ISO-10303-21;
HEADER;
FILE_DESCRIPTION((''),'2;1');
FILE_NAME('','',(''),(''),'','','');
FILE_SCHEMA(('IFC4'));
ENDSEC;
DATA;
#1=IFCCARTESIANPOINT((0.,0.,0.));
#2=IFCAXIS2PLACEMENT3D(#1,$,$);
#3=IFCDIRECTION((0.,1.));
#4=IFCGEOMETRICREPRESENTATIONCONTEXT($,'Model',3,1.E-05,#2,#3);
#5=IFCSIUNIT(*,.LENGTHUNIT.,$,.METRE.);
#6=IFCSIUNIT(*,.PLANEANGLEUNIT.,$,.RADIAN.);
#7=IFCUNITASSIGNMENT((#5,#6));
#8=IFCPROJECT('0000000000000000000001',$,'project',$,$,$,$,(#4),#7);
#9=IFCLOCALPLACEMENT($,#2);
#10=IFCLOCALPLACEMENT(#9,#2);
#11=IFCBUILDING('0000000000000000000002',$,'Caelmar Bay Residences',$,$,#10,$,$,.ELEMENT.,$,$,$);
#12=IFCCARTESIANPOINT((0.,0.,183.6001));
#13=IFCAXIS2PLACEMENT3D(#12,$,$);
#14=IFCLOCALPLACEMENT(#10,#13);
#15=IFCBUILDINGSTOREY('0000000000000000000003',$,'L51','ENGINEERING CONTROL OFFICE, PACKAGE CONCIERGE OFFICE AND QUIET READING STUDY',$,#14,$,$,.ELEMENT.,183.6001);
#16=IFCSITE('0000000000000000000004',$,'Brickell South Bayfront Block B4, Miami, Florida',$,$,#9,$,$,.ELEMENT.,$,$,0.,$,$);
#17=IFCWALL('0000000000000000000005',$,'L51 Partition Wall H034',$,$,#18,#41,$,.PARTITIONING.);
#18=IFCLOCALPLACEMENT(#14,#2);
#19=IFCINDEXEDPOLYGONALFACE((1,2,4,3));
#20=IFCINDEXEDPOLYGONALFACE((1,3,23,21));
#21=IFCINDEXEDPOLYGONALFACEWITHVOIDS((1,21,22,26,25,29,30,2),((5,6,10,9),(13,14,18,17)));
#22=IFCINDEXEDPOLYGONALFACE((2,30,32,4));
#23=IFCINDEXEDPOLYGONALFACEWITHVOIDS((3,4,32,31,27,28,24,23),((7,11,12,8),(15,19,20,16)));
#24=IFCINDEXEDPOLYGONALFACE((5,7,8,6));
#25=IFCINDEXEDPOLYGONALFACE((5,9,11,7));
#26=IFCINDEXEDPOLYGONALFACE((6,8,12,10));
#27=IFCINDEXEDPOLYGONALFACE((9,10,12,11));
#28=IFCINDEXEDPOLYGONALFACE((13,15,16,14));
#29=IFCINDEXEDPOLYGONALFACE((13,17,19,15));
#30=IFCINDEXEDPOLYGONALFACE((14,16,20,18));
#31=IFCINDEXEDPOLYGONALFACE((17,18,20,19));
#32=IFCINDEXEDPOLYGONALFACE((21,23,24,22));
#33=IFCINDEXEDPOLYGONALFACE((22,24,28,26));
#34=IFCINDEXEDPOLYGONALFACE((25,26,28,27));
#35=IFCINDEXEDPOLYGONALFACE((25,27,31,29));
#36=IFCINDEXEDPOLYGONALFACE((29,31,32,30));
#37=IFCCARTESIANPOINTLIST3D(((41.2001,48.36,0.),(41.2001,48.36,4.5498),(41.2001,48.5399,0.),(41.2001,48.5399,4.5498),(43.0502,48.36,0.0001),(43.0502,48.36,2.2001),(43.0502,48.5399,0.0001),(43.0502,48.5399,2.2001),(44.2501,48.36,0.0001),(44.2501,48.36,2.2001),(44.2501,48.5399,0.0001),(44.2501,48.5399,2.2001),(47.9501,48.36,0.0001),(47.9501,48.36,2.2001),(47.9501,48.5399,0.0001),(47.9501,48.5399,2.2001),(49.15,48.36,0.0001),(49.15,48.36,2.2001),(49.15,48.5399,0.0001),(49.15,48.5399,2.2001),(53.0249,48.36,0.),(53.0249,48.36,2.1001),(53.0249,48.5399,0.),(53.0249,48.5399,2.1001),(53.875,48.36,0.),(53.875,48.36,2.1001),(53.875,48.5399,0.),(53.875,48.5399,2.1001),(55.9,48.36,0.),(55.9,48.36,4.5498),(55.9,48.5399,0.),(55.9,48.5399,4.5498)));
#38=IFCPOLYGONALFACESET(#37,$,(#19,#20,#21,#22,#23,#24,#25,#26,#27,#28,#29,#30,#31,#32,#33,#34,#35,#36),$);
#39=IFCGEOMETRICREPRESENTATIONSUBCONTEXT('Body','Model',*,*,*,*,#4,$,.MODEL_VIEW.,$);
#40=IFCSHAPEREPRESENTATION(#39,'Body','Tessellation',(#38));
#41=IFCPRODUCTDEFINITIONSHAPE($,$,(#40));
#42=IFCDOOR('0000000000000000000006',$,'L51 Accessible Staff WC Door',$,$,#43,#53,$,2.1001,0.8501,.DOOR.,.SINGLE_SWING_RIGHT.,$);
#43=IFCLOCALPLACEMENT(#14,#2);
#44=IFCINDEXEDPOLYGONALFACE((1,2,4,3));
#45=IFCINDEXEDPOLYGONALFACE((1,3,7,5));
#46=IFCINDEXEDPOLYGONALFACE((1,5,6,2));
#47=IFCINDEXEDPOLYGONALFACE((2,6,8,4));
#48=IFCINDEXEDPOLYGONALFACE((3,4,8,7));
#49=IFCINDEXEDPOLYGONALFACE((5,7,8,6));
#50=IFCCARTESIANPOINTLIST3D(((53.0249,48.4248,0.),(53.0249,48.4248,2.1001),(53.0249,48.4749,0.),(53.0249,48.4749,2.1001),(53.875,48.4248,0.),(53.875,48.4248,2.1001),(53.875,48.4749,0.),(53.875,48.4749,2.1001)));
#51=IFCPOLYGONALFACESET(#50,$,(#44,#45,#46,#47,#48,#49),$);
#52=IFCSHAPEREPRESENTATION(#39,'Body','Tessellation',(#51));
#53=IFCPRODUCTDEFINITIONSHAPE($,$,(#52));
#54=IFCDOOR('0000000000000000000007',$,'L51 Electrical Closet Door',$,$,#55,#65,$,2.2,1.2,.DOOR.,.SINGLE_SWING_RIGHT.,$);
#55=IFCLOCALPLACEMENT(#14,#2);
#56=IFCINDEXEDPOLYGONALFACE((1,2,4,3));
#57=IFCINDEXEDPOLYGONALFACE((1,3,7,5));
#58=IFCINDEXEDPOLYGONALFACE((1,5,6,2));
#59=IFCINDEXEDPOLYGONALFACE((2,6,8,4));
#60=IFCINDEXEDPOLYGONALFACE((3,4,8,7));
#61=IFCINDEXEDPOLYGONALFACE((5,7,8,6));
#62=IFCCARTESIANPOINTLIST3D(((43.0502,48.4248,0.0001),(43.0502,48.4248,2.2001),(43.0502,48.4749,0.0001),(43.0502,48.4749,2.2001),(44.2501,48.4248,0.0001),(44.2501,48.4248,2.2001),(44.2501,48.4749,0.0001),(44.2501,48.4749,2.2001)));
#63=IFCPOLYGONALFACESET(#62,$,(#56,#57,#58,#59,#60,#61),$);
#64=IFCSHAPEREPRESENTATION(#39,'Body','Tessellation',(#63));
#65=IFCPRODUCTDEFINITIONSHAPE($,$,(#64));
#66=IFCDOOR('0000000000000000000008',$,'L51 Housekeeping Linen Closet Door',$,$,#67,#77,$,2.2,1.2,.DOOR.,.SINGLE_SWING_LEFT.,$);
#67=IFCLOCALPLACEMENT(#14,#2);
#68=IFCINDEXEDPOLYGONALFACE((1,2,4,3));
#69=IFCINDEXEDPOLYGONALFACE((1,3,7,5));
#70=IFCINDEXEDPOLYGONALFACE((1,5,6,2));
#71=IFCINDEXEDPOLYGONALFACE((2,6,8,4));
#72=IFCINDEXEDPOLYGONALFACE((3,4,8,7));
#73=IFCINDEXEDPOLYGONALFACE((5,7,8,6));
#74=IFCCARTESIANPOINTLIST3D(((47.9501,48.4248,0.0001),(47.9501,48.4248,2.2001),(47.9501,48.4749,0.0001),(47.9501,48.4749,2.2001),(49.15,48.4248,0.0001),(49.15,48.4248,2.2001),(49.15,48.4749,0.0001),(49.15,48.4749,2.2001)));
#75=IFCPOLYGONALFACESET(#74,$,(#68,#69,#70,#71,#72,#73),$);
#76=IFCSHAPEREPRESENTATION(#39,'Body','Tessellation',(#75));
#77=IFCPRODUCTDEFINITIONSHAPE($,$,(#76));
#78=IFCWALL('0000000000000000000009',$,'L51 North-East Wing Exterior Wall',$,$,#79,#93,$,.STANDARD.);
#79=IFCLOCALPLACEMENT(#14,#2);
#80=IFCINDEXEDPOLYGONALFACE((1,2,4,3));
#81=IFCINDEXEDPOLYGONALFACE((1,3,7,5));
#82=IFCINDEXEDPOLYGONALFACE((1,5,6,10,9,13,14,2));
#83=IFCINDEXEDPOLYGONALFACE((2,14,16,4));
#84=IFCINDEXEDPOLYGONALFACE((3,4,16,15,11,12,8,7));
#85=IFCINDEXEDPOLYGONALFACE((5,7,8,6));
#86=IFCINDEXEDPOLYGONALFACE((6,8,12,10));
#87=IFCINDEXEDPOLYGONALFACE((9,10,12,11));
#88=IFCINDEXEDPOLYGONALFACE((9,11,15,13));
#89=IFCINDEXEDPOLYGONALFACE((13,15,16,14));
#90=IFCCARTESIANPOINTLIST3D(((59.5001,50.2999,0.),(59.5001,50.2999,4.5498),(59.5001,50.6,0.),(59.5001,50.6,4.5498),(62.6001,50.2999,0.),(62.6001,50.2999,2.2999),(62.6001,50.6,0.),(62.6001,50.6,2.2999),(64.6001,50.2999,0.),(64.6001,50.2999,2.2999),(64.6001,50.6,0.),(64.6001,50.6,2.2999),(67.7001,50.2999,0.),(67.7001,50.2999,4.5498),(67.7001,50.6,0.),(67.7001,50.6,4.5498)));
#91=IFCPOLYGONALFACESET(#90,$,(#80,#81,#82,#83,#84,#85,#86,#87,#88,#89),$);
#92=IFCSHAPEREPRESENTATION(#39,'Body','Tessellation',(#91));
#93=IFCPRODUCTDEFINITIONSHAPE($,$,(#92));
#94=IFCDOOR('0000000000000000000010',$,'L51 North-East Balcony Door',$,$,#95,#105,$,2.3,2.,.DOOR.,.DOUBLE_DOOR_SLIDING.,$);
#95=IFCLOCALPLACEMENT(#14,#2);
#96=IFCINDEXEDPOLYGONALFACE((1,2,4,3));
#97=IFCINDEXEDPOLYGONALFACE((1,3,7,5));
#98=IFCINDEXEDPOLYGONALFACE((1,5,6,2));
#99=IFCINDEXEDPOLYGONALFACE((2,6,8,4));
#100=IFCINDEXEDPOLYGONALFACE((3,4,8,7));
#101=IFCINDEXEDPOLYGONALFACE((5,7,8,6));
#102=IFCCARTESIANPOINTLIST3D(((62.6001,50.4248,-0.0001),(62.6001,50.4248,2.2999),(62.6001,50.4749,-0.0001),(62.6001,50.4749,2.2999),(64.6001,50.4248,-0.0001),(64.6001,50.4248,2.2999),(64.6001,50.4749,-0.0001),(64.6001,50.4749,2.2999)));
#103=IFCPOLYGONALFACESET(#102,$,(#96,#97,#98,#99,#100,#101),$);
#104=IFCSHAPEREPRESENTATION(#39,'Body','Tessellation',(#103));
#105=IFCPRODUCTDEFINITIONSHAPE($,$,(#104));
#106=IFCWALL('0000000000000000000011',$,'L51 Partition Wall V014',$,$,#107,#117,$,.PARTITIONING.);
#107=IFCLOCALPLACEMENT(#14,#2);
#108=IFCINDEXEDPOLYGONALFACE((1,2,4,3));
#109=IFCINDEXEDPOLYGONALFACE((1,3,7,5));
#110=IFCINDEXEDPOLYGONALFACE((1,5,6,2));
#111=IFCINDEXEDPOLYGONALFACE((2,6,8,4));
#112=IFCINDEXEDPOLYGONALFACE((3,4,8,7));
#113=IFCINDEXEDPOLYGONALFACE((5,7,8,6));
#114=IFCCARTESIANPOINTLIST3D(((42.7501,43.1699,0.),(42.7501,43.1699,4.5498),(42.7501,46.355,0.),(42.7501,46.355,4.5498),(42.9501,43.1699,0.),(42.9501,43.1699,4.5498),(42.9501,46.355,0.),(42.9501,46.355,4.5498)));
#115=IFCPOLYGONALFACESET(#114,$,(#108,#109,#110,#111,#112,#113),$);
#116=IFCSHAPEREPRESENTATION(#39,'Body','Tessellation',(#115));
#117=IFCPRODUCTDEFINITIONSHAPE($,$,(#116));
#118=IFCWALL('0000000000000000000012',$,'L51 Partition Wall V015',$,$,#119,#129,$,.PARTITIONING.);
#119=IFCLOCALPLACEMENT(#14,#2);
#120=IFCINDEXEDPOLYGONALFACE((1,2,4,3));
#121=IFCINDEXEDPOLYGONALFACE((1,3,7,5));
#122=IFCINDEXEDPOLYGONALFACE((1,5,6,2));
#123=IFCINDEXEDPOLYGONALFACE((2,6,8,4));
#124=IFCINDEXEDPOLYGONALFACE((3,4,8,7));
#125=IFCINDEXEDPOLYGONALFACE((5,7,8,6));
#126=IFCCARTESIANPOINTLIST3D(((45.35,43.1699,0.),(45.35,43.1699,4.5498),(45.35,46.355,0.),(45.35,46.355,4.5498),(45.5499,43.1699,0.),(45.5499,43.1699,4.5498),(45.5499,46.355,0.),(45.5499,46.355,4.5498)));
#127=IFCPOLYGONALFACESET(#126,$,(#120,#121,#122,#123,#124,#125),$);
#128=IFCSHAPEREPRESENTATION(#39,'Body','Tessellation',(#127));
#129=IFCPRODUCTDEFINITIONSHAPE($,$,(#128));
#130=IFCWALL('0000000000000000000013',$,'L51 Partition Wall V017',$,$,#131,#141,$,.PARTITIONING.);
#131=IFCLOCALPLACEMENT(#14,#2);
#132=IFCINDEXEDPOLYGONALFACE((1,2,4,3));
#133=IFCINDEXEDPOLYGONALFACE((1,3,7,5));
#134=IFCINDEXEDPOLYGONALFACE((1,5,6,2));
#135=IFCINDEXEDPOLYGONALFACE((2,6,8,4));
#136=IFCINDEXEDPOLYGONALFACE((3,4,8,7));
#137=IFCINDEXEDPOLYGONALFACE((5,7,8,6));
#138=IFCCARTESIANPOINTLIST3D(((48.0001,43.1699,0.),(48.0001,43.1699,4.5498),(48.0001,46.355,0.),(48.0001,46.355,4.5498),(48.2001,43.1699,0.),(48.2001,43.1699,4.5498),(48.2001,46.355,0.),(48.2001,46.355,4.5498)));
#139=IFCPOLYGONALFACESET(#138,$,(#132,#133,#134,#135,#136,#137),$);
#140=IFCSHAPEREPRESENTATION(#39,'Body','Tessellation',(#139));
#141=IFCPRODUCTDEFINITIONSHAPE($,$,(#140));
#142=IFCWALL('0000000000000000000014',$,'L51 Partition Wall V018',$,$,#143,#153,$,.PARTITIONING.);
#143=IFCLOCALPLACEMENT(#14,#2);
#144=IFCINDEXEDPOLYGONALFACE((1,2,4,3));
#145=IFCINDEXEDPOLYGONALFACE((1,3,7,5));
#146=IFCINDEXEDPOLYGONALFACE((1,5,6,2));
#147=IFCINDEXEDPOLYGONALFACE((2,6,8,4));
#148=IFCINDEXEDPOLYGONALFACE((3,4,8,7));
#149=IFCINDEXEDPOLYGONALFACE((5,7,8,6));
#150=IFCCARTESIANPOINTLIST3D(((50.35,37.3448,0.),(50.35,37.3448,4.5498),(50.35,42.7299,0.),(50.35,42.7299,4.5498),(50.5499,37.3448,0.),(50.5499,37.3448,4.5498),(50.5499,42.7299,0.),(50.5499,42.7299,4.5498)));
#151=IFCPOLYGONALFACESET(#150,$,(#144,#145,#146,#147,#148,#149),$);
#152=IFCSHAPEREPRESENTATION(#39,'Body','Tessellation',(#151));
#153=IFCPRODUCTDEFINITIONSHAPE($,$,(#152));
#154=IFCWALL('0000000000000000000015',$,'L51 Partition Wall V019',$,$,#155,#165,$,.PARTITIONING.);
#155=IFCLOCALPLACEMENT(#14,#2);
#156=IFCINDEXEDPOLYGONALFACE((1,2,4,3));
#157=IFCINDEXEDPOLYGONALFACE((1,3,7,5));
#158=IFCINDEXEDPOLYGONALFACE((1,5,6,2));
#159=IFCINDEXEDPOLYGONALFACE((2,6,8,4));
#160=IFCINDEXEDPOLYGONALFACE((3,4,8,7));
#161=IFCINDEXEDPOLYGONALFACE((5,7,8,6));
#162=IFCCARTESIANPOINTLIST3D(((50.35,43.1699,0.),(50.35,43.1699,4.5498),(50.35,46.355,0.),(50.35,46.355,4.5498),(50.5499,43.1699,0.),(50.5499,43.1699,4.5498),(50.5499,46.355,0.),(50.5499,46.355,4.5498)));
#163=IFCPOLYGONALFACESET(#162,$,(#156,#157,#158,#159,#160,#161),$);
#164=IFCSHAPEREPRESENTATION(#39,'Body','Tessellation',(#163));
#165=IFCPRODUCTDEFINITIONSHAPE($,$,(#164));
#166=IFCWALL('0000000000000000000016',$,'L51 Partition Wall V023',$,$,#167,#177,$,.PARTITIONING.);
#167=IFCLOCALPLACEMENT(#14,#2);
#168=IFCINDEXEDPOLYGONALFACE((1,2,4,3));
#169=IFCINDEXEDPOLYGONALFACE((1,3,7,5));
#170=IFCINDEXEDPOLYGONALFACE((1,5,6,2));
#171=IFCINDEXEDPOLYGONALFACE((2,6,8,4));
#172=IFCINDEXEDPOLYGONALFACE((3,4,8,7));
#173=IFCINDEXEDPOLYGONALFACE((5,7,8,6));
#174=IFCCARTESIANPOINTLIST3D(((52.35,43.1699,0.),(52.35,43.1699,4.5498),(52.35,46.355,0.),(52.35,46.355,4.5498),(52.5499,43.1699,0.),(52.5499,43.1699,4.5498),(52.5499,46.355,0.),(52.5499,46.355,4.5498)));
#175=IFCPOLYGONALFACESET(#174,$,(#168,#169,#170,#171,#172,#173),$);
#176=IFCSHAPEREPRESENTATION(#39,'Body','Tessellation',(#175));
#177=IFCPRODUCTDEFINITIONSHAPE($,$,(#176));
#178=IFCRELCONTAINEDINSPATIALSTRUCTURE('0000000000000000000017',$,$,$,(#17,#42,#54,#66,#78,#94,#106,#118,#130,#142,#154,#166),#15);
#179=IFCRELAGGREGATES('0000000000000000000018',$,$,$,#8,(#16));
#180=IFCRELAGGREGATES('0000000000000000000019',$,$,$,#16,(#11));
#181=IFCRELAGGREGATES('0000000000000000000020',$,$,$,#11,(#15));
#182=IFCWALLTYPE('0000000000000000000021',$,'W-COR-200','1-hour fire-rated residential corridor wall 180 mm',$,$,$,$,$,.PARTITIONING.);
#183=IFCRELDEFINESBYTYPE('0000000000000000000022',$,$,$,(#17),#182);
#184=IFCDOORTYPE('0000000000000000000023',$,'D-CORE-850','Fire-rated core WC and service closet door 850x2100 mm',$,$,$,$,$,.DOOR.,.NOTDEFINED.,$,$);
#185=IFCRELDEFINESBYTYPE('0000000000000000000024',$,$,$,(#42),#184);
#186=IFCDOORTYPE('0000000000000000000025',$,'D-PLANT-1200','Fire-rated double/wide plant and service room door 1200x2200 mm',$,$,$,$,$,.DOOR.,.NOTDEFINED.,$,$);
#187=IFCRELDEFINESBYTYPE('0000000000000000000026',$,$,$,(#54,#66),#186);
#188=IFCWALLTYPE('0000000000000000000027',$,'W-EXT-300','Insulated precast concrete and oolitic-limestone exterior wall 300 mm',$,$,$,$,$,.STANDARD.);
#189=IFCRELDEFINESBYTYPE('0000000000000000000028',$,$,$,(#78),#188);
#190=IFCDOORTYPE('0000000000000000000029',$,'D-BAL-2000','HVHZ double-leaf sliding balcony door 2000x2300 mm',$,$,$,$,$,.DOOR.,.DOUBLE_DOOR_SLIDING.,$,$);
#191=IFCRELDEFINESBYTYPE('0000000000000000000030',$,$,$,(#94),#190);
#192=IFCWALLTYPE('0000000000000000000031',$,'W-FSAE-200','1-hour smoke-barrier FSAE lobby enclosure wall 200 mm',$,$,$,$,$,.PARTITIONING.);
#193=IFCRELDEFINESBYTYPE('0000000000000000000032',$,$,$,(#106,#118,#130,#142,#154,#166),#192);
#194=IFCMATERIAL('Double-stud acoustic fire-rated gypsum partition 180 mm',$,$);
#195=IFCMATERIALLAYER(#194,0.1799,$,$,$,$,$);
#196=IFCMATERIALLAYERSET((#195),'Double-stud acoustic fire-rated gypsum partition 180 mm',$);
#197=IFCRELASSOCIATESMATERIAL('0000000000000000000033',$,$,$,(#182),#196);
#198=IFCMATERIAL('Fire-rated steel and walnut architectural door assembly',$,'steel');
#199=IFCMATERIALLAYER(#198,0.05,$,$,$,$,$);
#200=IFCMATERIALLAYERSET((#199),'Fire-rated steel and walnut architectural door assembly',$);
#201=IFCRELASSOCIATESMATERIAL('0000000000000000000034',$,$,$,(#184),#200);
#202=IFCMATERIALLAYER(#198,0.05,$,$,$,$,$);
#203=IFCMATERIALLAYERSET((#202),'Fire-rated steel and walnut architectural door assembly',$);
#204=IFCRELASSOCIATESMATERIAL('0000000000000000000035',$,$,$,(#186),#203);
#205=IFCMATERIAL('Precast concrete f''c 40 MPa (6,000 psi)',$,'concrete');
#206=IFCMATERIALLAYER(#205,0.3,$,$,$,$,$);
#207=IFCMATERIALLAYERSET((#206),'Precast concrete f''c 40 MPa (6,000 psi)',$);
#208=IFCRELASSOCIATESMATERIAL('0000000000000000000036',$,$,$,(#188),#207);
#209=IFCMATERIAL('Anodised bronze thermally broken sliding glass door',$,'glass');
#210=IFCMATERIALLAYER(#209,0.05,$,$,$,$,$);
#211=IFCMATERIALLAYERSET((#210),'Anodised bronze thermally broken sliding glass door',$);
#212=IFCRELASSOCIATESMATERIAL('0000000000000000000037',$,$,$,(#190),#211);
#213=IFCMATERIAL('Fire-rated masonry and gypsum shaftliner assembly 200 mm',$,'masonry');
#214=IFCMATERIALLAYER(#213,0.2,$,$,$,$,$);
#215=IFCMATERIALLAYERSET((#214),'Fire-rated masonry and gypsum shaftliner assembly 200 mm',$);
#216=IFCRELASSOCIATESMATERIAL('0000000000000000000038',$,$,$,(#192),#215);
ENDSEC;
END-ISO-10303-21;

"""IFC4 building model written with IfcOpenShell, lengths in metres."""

from ifc_helpers import new_model, si_unit, direction, frame, frame_2d, origin, place, context, subcontext, project, spatial, rectangle, extrude, material, layer, layer_set, type_object, element, fill, save


model = new_model("IFC4")

# Units and contexts
model_context = context("Model", 3, precision=1e-05, world=origin(), true_north=direction((0.0, 1.0)))
body_context = subcontext(model_context, "Body", "Model", "MODEL_VIEW")
ifc_project = project(units=[si_unit("LENGTHUNIT", "METRE"), si_unit("PLANEANGLEUNIT", "RADIAN")], contexts=[model_context])

# Site, building, storey
site_placement = place(None, origin())
site = spatial("IfcSite", under=ifc_project, at=site_placement, Name="Brickell South Bayfront Block B4, Miami, Florida", CompositionType="ELEMENT", RefElevation=0.0)
building_placement = place(site_placement, origin())
building = spatial("IfcBuilding", under=site, at=building_placement, Name="Caelmar Bay Residences", CompositionType="ELEMENT")
storey_placement = place(building_placement, frame((0.0, 0.0, 183.6001)))
storey = spatial("IfcBuildingStorey", under=building, at=storey_placement, Name="L51", Description="ENGINEERING CONTROL OFFICE, PACKAGE CONCIERGE OFFICE AND QUIET READING STUDY", CompositionType="ELEMENT", Elevation=183.6001)

# Shared definitions
ifc_material_1 = material(Name="Fire-rated steel and walnut architectural door assembly", Category="steel")
ifc_material_2 = material(Name="Double-stud acoustic fire-rated gypsum partition 180 mm")
ifc_layer_1 = layer(ifc_material_2, 0.1799)
ifc_layer_set_1 = layer_set([ifc_layer_1], Name="Double-stud acoustic fire-rated gypsum partition 180 mm")
wall_type_1 = type_object("IfcWallType", Name="W-COR-200", Description="1-hour fire-rated residential corridor wall 180 mm", PredefinedType="PARTITIONING", material=ifc_layer_set_1)

# Wall, openings, doors
wall_1_placement = place(storey_placement, frame((41.2, 48.45, 0.0), z_axis=(0.0, 0.0, 1.0), x_axis=(1.0, 0.0, 0.0)))
wall_1 = element("IfcWall", 1, at=wall_1_placement, inside=storey, type_object=wall_type_1, Name="L51 Partition Wall H034", PredefinedType="PARTITIONING", context=body_context, shape_type="SweptSolid", body=[
    extrude(rectangle(XDim=14.7, YDim=0.1799, at=frame_2d((7.3501, 0.0))), origin(), (0.0, 0.0, 1.0), 4.5498),
])
opening_1_placement = place(wall_1_placement, frame((1.8501, 0.0, 0.0)))
opening_1 = element("IfcOpeningElement", 2, at=opening_1_placement, cuts=wall_1, PredefinedType="OPENING", context=body_context, shape_type="SweptSolid", body=[
    extrude(rectangle(XDim=1.2, YDim=2.2, at=frame_2d((0.6001, 1.1001))), frame((0.0, 0.0999, 0.0), z_axis=(0.0, -1.0, 0.0), x_axis=(1.0, 0.0, 0.0)), (0.0, 0.0, 1.0), 0.2),
])
opening_2_placement = place(wall_1_placement, frame((6.75, 0.0, 0.0)))
opening_2 = element("IfcOpeningElement", 3, at=opening_2_placement, cuts=wall_1, PredefinedType="OPENING", context=body_context, shape_type="SweptSolid", body=[
    extrude(rectangle(XDim=1.2, YDim=2.2, at=frame_2d((0.6001, 1.1001))), frame((0.0, 0.0999, 0.0), z_axis=(0.0, -1.0, 0.0), x_axis=(1.0, 0.0, 0.0)), (0.0, 0.0, 1.0), 0.2),
])
opening_3_placement = place(wall_1_placement, frame((11.825, 0.0, 0.0)))
opening_3 = element("IfcOpeningElement", 4, at=opening_3_placement, cuts=wall_1, PredefinedType="OPENING", context=body_context, shape_type="SweptSolid", body=[
    extrude(rectangle(XDim=0.8501, YDim=2.1001, at=frame_2d((0.425, 1.05))), frame((0.0, 0.0999, 0.0), z_axis=(0.0, -1.0, 0.0), x_axis=(1.0, 0.0, 0.0)), (0.0, 0.0, 1.0), 0.2),
])
ifc_layer_2 = layer(ifc_material_1, 0.05)
ifc_layer_set_2 = layer_set([ifc_layer_2], Name="Fire-rated steel and walnut architectural door assembly")
door_type_1 = type_object("IfcDoorType", Name="D-CORE-850", Description="Fire-rated core WC and service closet door 850x2100 mm", OperationType="NOTDEFINED", PredefinedType="DOOR", material=ifc_layer_set_2)
door_1_placement = place(opening_3_placement, origin())
door_1 = element("IfcDoor", 5, at=door_1_placement, inside=storey, type_object=door_type_1, Name="L51 Accessible Staff WC Door", OperationType="SINGLE_SWING_RIGHT", OverallHeight=2.1001, OverallWidth=0.8501, PredefinedType="DOOR", context=body_context, shape_type="SweptSolid", body=[
    extrude(rectangle(XDim=0.8501, YDim=2.1001, at=frame_2d((0.425, 1.05))), frame((0.0, 0.0249, 0.0), z_axis=(0.0, -1.0, 0.0), x_axis=(1.0, 0.0, 0.0)), (0.0, 0.0, 1.0), 0.05),
])
fill(opening_3, door_1)
ifc_layer_3 = layer(ifc_material_1, 0.05)
ifc_layer_set_3 = layer_set([ifc_layer_3], Name="Fire-rated steel and walnut architectural door assembly")
door_type_2 = type_object("IfcDoorType", Name="D-PLANT-1200", Description="Fire-rated double/wide plant and service room door 1200x2200 mm", OperationType="NOTDEFINED", PredefinedType="DOOR", material=ifc_layer_set_3)
door_2_placement = place(opening_1_placement, origin())
door_2 = element("IfcDoor", 6, at=door_2_placement, inside=storey, type_object=door_type_2, Name="L51 Electrical Closet Door", OperationType="SINGLE_SWING_RIGHT", OverallHeight=2.2, OverallWidth=1.2, PredefinedType="DOOR", context=body_context, shape_type="SweptSolid", body=[
    extrude(rectangle(XDim=1.2, YDim=2.2, at=frame_2d((0.6001, 1.1001))), frame((0.0, 0.0249, 0.0), z_axis=(0.0, -1.0, 0.0), x_axis=(1.0, 0.0, 0.0)), (0.0, 0.0, 1.0), 0.05),
])
fill(opening_1, door_2)
door_3_placement = place(opening_2_placement, origin())
door_3 = element("IfcDoor", 7, at=door_3_placement, inside=storey, type_object=door_type_2, Name="L51 Housekeeping Linen Closet Door", OperationType="SINGLE_SWING_LEFT", OverallHeight=2.2, OverallWidth=1.2, PredefinedType="DOOR", context=body_context, shape_type="SweptSolid", body=[
    extrude(rectangle(XDim=1.2, YDim=2.2, at=frame_2d((0.6001, 1.1001))), frame((0.0, 0.0249, 0.0), z_axis=(0.0, -1.0, 0.0), x_axis=(1.0, 0.0, 0.0)), (0.0, 0.0, 1.0), 0.05),
])
fill(opening_2, door_3)

# Wall, opening, door
ifc_material_3 = material(Name="Precast concrete f'c 40 MPa (6,000 psi)", Category="concrete")
ifc_layer_4 = layer(ifc_material_3, 0.3)
ifc_layer_set_4 = layer_set([ifc_layer_4], Name="Precast concrete f'c 40 MPa (6,000 psi)")
wall_type_2 = type_object("IfcWallType", Name="W-EXT-300", Description="Insulated precast concrete and oolitic-limestone exterior wall 300 mm", PredefinedType="STANDARD", material=ifc_layer_set_4)
wall_2_placement = place(storey_placement, frame((59.5, 50.45, 0.0), z_axis=(0.0, 0.0, 1.0), x_axis=(1.0, 0.0, 0.0)))
wall_2 = element("IfcWall", 8, at=wall_2_placement, inside=storey, type_object=wall_type_2, Name="L51 North-East Wing Exterior Wall", PredefinedType="STANDARD", context=body_context, shape_type="SweptSolid", body=[
    extrude(rectangle(XDim=8.2, YDim=0.3, at=frame_2d((4.1001, 0.0))), origin(), (0.0, 0.0, 1.0), 4.5498),
])
opening_4_placement = place(wall_2_placement, frame((3.1001, 0.0, 0.0)))
opening_4 = element("IfcOpeningElement", 9, at=opening_4_placement, cuts=wall_2, PredefinedType="OPENING", context=body_context, shape_type="SweptSolid", body=[
    extrude(rectangle(XDim=2.0, YDim=2.3, at=frame_2d((1.0, 1.1499))), frame((0.0, 0.1599, 0.0), z_axis=(0.0, -1.0, 0.0), x_axis=(1.0, 0.0, 0.0)), (0.0, 0.0, 1.0), 0.3201),
])
ifc_material_4 = material(Name="Anodised bronze thermally broken sliding glass door", Category="glass")
ifc_layer_5 = layer(ifc_material_4, 0.05)
ifc_layer_set_5 = layer_set([ifc_layer_5], Name="Anodised bronze thermally broken sliding glass door")
door_type_3 = type_object("IfcDoorType", Name="D-BAL-2000", Description="HVHZ double-leaf sliding balcony door 2000x2300 mm", OperationType="DOUBLE_DOOR_SLIDING", PredefinedType="DOOR", material=ifc_layer_set_5)
door_4_placement = place(opening_4_placement, origin())
door_4 = element("IfcDoor", 10, at=door_4_placement, inside=storey, type_object=door_type_3, Name="L51 North-East Balcony Door", OperationType="DOUBLE_DOOR_SLIDING", OverallHeight=2.3, OverallWidth=2.0, PredefinedType="DOOR", context=body_context, shape_type="SweptSolid", body=[
    extrude(rectangle(XDim=2.0, YDim=2.3, at=frame_2d((1.0, 1.1499))), frame((0.0, 0.0249, 0.0), z_axis=(0.0, -1.0, 0.0), x_axis=(1.0, 0.0, 0.0)), (0.0, 0.0, 1.0), 0.05),
])
fill(opening_4, door_4)

# Walls
ifc_material_5 = material(Name="Fire-rated masonry and gypsum shaftliner assembly 200 mm", Category="masonry")
ifc_layer_6 = layer(ifc_material_5, 0.2)
ifc_layer_set_6 = layer_set([ifc_layer_6], Name="Fire-rated masonry and gypsum shaftliner assembly 200 mm")
wall_type_3 = type_object("IfcWallType", Name="W-FSAE-200", Description="1-hour smoke-barrier FSAE lobby enclosure wall 200 mm", PredefinedType="PARTITIONING", material=ifc_layer_set_6)
for number, where, z_axis, x_axis, name in (
    (11, (42.8501, 43.1699, 0.0), (0.0, 0.0, 1.0), (0.0, 1.0, 0.0), "L51 Partition Wall V014"),
    (12, (45.45, 43.1699, 0.0), (0.0, 0.0, 1.0), (0.0, 1.0, 0.0), "L51 Partition Wall V015"),
    (13, (48.1001, 43.1699, 0.0), (0.0, 0.0, 1.0), (0.0, 1.0, 0.0), "L51 Partition Wall V017"),
):
    element("IfcWall", number, at=place(storey_placement, frame(where, z_axis=z_axis, x_axis=x_axis)), inside=storey, type_object=wall_type_3, Name=name, PredefinedType="PARTITIONING", context=body_context, shape_type="SweptSolid", body=[
        extrude(rectangle(XDim=3.1851, YDim=0.2, at=frame_2d((1.5925, 0.0))), origin(), (0.0, 0.0, 1.0), 4.5498),
    ])
wall_3_placement = place(storey_placement, frame((50.45, 37.345, 0.0), z_axis=(0.0, 0.0, 1.0), x_axis=(0.0, 1.0, 0.0)))
element("IfcWall", 14, at=wall_3_placement, inside=storey, type_object=wall_type_3, Name="L51 Partition Wall V018", PredefinedType="PARTITIONING", context=body_context, shape_type="SweptSolid", body=[
    extrude(rectangle(XDim=5.385, YDim=0.2, at=frame_2d((2.6924, 0.0))), origin(), (0.0, 0.0, 1.0), 4.5498),
])
for number, where, z_axis, x_axis, name in (
    (15, (50.45, 43.1699, 0.0), (0.0, 0.0, 1.0), (0.0, 1.0, 0.0), "L51 Partition Wall V019"),
    (16, (52.45, 43.1699, 0.0), (0.0, 0.0, 1.0), (0.0, 1.0, 0.0), "L51 Partition Wall V023"),
):
    element("IfcWall", number, at=place(storey_placement, frame(where, z_axis=z_axis, x_axis=x_axis)), inside=storey, type_object=wall_type_3, Name=name, PredefinedType="PARTITIONING", context=body_context, shape_type="SweptSolid", body=[
        extrude(rectangle(XDim=3.1851, YDim=0.2, at=frame_2d((1.5925, 0.0))), origin(), (0.0, 0.0, 1.0), 4.5498),
    ])

save(model, "model.ifc")
